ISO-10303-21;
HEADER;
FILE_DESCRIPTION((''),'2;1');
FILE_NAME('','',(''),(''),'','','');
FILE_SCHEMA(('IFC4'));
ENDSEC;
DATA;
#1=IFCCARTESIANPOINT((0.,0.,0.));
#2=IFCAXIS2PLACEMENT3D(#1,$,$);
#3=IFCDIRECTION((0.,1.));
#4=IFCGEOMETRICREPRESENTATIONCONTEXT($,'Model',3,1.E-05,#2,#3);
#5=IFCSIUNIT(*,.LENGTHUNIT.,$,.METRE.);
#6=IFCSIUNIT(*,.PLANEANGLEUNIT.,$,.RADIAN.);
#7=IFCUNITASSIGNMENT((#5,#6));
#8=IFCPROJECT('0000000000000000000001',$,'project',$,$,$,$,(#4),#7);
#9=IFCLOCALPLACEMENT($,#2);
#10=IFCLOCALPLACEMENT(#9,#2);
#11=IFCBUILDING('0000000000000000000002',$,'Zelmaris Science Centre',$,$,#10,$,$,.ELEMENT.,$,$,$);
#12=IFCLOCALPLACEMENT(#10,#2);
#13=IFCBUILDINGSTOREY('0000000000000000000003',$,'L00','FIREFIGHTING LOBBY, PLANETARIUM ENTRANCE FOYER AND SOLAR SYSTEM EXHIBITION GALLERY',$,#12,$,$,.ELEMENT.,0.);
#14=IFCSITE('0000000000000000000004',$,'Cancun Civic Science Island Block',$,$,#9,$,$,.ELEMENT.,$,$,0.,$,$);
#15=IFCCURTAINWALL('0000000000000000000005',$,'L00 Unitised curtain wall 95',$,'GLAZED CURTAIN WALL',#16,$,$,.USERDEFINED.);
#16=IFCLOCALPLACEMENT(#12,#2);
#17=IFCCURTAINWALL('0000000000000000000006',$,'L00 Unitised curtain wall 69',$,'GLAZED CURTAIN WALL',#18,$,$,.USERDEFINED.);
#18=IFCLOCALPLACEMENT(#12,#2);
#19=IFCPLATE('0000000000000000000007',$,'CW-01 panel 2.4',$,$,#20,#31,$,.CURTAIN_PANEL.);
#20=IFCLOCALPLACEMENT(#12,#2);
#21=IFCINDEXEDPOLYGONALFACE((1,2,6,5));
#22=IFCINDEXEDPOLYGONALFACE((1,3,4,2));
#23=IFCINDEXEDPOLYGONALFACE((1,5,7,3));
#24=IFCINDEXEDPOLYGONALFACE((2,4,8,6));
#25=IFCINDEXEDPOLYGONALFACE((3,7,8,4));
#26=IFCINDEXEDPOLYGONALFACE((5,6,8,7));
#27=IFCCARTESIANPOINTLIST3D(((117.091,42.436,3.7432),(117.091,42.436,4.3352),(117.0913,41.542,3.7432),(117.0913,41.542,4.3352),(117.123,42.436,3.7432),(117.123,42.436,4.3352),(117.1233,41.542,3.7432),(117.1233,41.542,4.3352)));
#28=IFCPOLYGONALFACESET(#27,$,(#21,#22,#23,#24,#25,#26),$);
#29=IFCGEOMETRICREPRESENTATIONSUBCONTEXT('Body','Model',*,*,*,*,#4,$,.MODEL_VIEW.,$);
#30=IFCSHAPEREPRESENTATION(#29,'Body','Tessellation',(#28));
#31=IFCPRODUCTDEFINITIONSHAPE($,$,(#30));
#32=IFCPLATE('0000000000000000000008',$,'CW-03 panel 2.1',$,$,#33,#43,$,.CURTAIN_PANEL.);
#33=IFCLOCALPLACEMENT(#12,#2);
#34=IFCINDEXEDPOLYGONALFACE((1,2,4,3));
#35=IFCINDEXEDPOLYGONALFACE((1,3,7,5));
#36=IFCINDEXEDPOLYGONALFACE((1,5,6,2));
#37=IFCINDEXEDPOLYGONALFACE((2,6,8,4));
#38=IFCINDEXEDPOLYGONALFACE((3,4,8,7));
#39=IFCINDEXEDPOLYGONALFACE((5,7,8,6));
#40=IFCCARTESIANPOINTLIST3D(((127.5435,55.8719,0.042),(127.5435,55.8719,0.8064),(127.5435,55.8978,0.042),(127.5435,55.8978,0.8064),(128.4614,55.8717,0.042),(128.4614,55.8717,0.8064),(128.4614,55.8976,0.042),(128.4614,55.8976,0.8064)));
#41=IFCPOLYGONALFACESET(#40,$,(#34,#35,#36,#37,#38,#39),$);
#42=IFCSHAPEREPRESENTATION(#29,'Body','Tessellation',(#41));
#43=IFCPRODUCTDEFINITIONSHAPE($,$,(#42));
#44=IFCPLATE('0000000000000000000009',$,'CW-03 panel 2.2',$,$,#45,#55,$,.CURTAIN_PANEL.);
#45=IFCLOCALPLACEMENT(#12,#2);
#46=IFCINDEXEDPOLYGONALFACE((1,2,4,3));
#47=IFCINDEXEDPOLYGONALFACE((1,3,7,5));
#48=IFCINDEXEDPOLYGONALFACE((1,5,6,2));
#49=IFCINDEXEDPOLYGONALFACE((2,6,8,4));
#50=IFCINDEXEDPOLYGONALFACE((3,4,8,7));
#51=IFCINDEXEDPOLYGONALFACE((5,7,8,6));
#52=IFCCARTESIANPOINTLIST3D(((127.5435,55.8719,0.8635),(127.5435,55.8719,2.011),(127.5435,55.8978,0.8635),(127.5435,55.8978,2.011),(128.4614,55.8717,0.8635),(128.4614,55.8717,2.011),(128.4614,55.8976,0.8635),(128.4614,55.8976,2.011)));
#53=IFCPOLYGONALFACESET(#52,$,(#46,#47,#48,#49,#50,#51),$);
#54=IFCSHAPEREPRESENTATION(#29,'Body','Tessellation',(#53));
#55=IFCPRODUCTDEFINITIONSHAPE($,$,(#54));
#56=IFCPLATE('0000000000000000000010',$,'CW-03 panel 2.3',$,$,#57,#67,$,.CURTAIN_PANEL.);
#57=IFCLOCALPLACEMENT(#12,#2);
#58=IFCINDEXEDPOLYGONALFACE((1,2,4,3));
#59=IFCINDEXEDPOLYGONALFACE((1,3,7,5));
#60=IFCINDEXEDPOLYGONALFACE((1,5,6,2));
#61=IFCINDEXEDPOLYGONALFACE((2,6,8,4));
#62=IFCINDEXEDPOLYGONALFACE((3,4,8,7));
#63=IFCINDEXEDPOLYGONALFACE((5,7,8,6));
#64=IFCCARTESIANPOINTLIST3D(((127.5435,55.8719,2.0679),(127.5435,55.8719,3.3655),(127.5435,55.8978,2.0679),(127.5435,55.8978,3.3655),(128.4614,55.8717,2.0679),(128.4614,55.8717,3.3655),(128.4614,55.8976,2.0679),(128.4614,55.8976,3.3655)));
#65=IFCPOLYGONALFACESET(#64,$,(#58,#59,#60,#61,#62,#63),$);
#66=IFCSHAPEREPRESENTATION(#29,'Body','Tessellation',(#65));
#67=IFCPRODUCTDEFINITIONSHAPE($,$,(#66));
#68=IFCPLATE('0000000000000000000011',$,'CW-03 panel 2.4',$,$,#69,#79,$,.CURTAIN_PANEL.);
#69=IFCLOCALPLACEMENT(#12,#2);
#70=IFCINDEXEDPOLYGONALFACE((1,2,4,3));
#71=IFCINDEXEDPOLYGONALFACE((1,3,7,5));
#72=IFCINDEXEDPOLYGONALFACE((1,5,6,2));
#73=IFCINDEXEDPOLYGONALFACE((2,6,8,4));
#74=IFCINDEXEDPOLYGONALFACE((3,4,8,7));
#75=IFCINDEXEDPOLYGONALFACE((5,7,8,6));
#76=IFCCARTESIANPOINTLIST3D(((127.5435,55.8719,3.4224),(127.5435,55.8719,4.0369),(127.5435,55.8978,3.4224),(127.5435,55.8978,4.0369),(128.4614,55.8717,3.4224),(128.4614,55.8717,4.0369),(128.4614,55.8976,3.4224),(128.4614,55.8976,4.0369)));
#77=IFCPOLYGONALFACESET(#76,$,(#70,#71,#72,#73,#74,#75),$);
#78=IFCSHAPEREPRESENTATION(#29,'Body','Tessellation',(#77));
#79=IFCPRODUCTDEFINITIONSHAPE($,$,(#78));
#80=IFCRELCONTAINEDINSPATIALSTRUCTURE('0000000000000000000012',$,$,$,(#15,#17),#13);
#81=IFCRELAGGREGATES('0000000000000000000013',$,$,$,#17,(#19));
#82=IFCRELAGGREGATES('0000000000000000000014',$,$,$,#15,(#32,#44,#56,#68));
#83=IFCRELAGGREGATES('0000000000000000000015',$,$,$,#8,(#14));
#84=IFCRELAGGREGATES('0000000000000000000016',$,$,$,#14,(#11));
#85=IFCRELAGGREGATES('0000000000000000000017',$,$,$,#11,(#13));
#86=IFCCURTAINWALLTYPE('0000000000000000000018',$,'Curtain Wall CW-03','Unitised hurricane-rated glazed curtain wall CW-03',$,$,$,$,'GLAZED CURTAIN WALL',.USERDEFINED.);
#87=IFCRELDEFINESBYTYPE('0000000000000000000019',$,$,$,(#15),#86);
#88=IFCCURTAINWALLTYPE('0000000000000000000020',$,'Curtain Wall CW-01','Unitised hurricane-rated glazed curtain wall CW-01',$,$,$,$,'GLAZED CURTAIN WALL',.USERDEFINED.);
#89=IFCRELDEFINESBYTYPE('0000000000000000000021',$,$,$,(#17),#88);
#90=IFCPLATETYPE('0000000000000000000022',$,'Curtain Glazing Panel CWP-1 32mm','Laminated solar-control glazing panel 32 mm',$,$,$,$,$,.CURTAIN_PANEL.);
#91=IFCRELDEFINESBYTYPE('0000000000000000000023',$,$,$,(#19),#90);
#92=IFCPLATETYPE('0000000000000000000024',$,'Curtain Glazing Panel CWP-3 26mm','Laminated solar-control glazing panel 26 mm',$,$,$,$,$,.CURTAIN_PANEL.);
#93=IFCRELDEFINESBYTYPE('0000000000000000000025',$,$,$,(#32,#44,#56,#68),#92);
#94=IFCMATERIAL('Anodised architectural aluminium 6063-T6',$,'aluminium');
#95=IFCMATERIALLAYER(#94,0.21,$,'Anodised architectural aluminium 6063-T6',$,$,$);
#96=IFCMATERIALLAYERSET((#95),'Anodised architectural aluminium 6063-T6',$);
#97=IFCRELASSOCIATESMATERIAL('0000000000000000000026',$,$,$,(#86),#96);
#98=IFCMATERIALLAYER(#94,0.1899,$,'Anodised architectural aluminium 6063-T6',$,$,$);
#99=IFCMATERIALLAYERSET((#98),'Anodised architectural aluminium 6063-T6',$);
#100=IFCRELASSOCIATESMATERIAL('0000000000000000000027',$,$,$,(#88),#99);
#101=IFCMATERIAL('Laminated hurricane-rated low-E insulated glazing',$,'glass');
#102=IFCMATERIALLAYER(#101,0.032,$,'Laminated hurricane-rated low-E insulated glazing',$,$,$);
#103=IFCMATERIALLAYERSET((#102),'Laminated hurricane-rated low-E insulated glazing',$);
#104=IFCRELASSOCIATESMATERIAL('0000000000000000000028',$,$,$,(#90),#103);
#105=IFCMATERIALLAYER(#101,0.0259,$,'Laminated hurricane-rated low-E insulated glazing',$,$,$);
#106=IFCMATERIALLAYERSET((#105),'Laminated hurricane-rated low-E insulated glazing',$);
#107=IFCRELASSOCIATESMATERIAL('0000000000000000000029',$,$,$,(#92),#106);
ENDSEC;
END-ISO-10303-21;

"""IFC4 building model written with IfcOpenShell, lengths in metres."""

from ifc_helpers import new_model, si_unit, direction, frame, origin, origin_2d, place, context, subcontext, project, spatial, rectangle, extrude, material, layer, layer_set, type_object, element, aggregate, save


model = new_model("IFC4")

# Units and contexts
model_context = context("Model", 3, precision=1e-05, world=origin(), true_north=direction((0.0, 1.0)))
body_context = subcontext(model_context, "Body", "Model", "MODEL_VIEW")
ifc_project = project(units=[si_unit("LENGTHUNIT", "METRE"), si_unit("PLANEANGLEUNIT", "RADIAN")], contexts=[model_context])

# Site, building, storey
site_placement = place(None, origin())
site = spatial("IfcSite", under=ifc_project, at=site_placement, Name="Cancun Civic Science Island Block", CompositionType="ELEMENT", RefElevation=0.0)
building_placement = place(site_placement, origin())
building = spatial("IfcBuilding", under=site, at=building_placement, Name="Zelmaris Science Centre", CompositionType="ELEMENT")
storey_placement = place(building_placement, origin())
storey = spatial("IfcBuildingStorey", under=building, at=storey_placement, Name="L00", Description="FIREFIGHTING LOBBY, PLANETARIUM ENTRANCE FOYER AND SOLAR SYSTEM EXHIBITION GALLERY", CompositionType="ELEMENT", Elevation=0.0)

# Curtain walls
ifc_material_1 = material(Name="Anodised architectural aluminium 6063-T6", Category="aluminium")
ifc_layer_1 = layer(ifc_material_1, 0.21, Name="Anodised architectural aluminium 6063-T6")
ifc_layer_set_1 = layer_set([ifc_layer_1], Name="Anodised architectural aluminium 6063-T6")
curtain_wall_type_1 = type_object("IfcCurtainWallType", Name="Curtain Wall CW-03", Description="Unitised hurricane-rated glazed curtain wall CW-03", ElementType="GLAZED CURTAIN WALL", PredefinedType="USERDEFINED", material=ifc_layer_set_1)
curtain_wall_1_placement = place(storey_placement, origin())
curtain_wall_1 = element("IfcCurtainWall", 1, at=curtain_wall_1_placement, inside=storey, type_object=curtain_wall_type_1, Name="L00 Unitised curtain wall 95", ObjectType="GLAZED CURTAIN WALL", PredefinedType="USERDEFINED")
ifc_layer_2 = layer(ifc_material_1, 0.1899, Name="Anodised architectural aluminium 6063-T6")
ifc_layer_set_2 = layer_set([ifc_layer_2], Name="Anodised architectural aluminium 6063-T6")
curtain_wall_type_2 = type_object("IfcCurtainWallType", Name="Curtain Wall CW-01", Description="Unitised hurricane-rated glazed curtain wall CW-01", ElementType="GLAZED CURTAIN WALL", PredefinedType="USERDEFINED", material=ifc_layer_set_2)
curtain_wall_2_placement = place(storey_placement, origin())
curtain_wall_2 = element("IfcCurtainWall", 2, at=curtain_wall_2_placement, inside=storey, type_object=curtain_wall_type_2, Name="L00 Unitised curtain wall 69", ObjectType="GLAZED CURTAIN WALL", PredefinedType="USERDEFINED")

# Plates
ifc_material_2 = material(Name="Laminated hurricane-rated low-E insulated glazing", Category="glass")
ifc_layer_3 = layer(ifc_material_2, 0.032, Name="Laminated hurricane-rated low-E insulated glazing")
ifc_layer_set_3 = layer_set([ifc_layer_3], Name="Laminated hurricane-rated low-E insulated glazing")
plate_type_1 = type_object("IfcPlateType", Name="Curtain Glazing Panel CWP-1 32mm", Description="Laminated solar-control glazing panel 32 mm", PredefinedType="CURTAIN_PANEL", material=ifc_layer_set_3)
plate_1_placement = place(storey_placement, frame((117.1072, 41.989, 3.7432), z_axis=(0.0, 0.0, 1.0), x_axis=(-0.000345, 1.0, 0.0)))
plate_1 = element("IfcPlate", 3, at=plate_1_placement, type_object=plate_type_1, Name="CW-01 panel 2.4", PredefinedType="CURTAIN_PANEL", context=body_context, shape_type="SweptSolid", body=[
    extrude(rectangle(XDim=0.894, YDim=0.032, at=origin_2d()), origin(), (0.0, 0.0, 1.0), 0.592),
])
aggregate(curtain_wall_2, [plate_1])
ifc_layer_4 = layer(ifc_material_2, 0.0259, Name="Laminated hurricane-rated low-E insulated glazing")
ifc_layer_set_4 = layer_set([ifc_layer_4], Name="Laminated hurricane-rated low-E insulated glazing")
plate_type_2 = type_object("IfcPlateType", Name="Curtain Glazing Panel CWP-3 26mm", Description="Laminated solar-control glazing panel 26 mm", PredefinedType="CURTAIN_PANEL", material=ifc_layer_set_4)
plate_2_placement = place(storey_placement, frame((128.0024, 55.8848, 0.042), z_axis=(0.0, 0.0, 1.0), x_axis=(1.0, -0.000205, 0.0)))
plate_2 = element("IfcPlate", 4, at=plate_2_placement, type_object=plate_type_2, Name="CW-03 panel 2.1", PredefinedType="CURTAIN_PANEL", context=body_context, shape_type="SweptSolid", body=[
    extrude(rectangle(XDim=0.918, YDim=0.0259, at=origin_2d()), origin(), (0.0, 0.0, 1.0), 0.7644),
])
plate_3_placement = place(storey_placement, frame((128.0024, 55.8848, 0.8635), z_axis=(0.0, 0.0, 1.0), x_axis=(1.0, -0.000205, 0.0)))
plate_3 = element("IfcPlate", 5, at=plate_3_placement, type_object=plate_type_2, Name="CW-03 panel 2.2", PredefinedType="CURTAIN_PANEL", context=body_context, shape_type="SweptSolid", body=[
    extrude(rectangle(XDim=0.918, YDim=0.0259, at=origin_2d()), origin(), (0.0, 0.0, 1.0), 1.1475),
])
plate_4_placement = place(storey_placement, frame((128.0024, 55.8848, 2.0679), z_axis=(0.0, 0.0, 1.0), x_axis=(1.0, -0.000205, 0.0)))
plate_4 = element("IfcPlate", 6, at=plate_4_placement, type_object=plate_type_2, Name="CW-03 panel 2.3", PredefinedType="CURTAIN_PANEL", context=body_context, shape_type="SweptSolid", body=[
    extrude(rectangle(XDim=0.918, YDim=0.0259, at=origin_2d()), origin(), (0.0, 0.0, 1.0), 1.2976),
])
plate_5_placement = place(storey_placement, frame((128.0024, 55.8848, 3.4224), z_axis=(0.0, 0.0, 1.0), x_axis=(1.0, -0.000205, 0.0)))
plate_5 = element("IfcPlate", 7, at=plate_5_placement, type_object=plate_type_2, Name="CW-03 panel 2.4", PredefinedType="CURTAIN_PANEL", context=body_context, shape_type="SweptSolid", body=[
    extrude(rectangle(XDim=0.918, YDim=0.0259, at=origin_2d()), origin(), (0.0, 0.0, 1.0), 0.6145),
])
aggregate(curtain_wall_1, [plate_2, plate_3, plate_4, plate_5])

save(model, "model.ifc")
